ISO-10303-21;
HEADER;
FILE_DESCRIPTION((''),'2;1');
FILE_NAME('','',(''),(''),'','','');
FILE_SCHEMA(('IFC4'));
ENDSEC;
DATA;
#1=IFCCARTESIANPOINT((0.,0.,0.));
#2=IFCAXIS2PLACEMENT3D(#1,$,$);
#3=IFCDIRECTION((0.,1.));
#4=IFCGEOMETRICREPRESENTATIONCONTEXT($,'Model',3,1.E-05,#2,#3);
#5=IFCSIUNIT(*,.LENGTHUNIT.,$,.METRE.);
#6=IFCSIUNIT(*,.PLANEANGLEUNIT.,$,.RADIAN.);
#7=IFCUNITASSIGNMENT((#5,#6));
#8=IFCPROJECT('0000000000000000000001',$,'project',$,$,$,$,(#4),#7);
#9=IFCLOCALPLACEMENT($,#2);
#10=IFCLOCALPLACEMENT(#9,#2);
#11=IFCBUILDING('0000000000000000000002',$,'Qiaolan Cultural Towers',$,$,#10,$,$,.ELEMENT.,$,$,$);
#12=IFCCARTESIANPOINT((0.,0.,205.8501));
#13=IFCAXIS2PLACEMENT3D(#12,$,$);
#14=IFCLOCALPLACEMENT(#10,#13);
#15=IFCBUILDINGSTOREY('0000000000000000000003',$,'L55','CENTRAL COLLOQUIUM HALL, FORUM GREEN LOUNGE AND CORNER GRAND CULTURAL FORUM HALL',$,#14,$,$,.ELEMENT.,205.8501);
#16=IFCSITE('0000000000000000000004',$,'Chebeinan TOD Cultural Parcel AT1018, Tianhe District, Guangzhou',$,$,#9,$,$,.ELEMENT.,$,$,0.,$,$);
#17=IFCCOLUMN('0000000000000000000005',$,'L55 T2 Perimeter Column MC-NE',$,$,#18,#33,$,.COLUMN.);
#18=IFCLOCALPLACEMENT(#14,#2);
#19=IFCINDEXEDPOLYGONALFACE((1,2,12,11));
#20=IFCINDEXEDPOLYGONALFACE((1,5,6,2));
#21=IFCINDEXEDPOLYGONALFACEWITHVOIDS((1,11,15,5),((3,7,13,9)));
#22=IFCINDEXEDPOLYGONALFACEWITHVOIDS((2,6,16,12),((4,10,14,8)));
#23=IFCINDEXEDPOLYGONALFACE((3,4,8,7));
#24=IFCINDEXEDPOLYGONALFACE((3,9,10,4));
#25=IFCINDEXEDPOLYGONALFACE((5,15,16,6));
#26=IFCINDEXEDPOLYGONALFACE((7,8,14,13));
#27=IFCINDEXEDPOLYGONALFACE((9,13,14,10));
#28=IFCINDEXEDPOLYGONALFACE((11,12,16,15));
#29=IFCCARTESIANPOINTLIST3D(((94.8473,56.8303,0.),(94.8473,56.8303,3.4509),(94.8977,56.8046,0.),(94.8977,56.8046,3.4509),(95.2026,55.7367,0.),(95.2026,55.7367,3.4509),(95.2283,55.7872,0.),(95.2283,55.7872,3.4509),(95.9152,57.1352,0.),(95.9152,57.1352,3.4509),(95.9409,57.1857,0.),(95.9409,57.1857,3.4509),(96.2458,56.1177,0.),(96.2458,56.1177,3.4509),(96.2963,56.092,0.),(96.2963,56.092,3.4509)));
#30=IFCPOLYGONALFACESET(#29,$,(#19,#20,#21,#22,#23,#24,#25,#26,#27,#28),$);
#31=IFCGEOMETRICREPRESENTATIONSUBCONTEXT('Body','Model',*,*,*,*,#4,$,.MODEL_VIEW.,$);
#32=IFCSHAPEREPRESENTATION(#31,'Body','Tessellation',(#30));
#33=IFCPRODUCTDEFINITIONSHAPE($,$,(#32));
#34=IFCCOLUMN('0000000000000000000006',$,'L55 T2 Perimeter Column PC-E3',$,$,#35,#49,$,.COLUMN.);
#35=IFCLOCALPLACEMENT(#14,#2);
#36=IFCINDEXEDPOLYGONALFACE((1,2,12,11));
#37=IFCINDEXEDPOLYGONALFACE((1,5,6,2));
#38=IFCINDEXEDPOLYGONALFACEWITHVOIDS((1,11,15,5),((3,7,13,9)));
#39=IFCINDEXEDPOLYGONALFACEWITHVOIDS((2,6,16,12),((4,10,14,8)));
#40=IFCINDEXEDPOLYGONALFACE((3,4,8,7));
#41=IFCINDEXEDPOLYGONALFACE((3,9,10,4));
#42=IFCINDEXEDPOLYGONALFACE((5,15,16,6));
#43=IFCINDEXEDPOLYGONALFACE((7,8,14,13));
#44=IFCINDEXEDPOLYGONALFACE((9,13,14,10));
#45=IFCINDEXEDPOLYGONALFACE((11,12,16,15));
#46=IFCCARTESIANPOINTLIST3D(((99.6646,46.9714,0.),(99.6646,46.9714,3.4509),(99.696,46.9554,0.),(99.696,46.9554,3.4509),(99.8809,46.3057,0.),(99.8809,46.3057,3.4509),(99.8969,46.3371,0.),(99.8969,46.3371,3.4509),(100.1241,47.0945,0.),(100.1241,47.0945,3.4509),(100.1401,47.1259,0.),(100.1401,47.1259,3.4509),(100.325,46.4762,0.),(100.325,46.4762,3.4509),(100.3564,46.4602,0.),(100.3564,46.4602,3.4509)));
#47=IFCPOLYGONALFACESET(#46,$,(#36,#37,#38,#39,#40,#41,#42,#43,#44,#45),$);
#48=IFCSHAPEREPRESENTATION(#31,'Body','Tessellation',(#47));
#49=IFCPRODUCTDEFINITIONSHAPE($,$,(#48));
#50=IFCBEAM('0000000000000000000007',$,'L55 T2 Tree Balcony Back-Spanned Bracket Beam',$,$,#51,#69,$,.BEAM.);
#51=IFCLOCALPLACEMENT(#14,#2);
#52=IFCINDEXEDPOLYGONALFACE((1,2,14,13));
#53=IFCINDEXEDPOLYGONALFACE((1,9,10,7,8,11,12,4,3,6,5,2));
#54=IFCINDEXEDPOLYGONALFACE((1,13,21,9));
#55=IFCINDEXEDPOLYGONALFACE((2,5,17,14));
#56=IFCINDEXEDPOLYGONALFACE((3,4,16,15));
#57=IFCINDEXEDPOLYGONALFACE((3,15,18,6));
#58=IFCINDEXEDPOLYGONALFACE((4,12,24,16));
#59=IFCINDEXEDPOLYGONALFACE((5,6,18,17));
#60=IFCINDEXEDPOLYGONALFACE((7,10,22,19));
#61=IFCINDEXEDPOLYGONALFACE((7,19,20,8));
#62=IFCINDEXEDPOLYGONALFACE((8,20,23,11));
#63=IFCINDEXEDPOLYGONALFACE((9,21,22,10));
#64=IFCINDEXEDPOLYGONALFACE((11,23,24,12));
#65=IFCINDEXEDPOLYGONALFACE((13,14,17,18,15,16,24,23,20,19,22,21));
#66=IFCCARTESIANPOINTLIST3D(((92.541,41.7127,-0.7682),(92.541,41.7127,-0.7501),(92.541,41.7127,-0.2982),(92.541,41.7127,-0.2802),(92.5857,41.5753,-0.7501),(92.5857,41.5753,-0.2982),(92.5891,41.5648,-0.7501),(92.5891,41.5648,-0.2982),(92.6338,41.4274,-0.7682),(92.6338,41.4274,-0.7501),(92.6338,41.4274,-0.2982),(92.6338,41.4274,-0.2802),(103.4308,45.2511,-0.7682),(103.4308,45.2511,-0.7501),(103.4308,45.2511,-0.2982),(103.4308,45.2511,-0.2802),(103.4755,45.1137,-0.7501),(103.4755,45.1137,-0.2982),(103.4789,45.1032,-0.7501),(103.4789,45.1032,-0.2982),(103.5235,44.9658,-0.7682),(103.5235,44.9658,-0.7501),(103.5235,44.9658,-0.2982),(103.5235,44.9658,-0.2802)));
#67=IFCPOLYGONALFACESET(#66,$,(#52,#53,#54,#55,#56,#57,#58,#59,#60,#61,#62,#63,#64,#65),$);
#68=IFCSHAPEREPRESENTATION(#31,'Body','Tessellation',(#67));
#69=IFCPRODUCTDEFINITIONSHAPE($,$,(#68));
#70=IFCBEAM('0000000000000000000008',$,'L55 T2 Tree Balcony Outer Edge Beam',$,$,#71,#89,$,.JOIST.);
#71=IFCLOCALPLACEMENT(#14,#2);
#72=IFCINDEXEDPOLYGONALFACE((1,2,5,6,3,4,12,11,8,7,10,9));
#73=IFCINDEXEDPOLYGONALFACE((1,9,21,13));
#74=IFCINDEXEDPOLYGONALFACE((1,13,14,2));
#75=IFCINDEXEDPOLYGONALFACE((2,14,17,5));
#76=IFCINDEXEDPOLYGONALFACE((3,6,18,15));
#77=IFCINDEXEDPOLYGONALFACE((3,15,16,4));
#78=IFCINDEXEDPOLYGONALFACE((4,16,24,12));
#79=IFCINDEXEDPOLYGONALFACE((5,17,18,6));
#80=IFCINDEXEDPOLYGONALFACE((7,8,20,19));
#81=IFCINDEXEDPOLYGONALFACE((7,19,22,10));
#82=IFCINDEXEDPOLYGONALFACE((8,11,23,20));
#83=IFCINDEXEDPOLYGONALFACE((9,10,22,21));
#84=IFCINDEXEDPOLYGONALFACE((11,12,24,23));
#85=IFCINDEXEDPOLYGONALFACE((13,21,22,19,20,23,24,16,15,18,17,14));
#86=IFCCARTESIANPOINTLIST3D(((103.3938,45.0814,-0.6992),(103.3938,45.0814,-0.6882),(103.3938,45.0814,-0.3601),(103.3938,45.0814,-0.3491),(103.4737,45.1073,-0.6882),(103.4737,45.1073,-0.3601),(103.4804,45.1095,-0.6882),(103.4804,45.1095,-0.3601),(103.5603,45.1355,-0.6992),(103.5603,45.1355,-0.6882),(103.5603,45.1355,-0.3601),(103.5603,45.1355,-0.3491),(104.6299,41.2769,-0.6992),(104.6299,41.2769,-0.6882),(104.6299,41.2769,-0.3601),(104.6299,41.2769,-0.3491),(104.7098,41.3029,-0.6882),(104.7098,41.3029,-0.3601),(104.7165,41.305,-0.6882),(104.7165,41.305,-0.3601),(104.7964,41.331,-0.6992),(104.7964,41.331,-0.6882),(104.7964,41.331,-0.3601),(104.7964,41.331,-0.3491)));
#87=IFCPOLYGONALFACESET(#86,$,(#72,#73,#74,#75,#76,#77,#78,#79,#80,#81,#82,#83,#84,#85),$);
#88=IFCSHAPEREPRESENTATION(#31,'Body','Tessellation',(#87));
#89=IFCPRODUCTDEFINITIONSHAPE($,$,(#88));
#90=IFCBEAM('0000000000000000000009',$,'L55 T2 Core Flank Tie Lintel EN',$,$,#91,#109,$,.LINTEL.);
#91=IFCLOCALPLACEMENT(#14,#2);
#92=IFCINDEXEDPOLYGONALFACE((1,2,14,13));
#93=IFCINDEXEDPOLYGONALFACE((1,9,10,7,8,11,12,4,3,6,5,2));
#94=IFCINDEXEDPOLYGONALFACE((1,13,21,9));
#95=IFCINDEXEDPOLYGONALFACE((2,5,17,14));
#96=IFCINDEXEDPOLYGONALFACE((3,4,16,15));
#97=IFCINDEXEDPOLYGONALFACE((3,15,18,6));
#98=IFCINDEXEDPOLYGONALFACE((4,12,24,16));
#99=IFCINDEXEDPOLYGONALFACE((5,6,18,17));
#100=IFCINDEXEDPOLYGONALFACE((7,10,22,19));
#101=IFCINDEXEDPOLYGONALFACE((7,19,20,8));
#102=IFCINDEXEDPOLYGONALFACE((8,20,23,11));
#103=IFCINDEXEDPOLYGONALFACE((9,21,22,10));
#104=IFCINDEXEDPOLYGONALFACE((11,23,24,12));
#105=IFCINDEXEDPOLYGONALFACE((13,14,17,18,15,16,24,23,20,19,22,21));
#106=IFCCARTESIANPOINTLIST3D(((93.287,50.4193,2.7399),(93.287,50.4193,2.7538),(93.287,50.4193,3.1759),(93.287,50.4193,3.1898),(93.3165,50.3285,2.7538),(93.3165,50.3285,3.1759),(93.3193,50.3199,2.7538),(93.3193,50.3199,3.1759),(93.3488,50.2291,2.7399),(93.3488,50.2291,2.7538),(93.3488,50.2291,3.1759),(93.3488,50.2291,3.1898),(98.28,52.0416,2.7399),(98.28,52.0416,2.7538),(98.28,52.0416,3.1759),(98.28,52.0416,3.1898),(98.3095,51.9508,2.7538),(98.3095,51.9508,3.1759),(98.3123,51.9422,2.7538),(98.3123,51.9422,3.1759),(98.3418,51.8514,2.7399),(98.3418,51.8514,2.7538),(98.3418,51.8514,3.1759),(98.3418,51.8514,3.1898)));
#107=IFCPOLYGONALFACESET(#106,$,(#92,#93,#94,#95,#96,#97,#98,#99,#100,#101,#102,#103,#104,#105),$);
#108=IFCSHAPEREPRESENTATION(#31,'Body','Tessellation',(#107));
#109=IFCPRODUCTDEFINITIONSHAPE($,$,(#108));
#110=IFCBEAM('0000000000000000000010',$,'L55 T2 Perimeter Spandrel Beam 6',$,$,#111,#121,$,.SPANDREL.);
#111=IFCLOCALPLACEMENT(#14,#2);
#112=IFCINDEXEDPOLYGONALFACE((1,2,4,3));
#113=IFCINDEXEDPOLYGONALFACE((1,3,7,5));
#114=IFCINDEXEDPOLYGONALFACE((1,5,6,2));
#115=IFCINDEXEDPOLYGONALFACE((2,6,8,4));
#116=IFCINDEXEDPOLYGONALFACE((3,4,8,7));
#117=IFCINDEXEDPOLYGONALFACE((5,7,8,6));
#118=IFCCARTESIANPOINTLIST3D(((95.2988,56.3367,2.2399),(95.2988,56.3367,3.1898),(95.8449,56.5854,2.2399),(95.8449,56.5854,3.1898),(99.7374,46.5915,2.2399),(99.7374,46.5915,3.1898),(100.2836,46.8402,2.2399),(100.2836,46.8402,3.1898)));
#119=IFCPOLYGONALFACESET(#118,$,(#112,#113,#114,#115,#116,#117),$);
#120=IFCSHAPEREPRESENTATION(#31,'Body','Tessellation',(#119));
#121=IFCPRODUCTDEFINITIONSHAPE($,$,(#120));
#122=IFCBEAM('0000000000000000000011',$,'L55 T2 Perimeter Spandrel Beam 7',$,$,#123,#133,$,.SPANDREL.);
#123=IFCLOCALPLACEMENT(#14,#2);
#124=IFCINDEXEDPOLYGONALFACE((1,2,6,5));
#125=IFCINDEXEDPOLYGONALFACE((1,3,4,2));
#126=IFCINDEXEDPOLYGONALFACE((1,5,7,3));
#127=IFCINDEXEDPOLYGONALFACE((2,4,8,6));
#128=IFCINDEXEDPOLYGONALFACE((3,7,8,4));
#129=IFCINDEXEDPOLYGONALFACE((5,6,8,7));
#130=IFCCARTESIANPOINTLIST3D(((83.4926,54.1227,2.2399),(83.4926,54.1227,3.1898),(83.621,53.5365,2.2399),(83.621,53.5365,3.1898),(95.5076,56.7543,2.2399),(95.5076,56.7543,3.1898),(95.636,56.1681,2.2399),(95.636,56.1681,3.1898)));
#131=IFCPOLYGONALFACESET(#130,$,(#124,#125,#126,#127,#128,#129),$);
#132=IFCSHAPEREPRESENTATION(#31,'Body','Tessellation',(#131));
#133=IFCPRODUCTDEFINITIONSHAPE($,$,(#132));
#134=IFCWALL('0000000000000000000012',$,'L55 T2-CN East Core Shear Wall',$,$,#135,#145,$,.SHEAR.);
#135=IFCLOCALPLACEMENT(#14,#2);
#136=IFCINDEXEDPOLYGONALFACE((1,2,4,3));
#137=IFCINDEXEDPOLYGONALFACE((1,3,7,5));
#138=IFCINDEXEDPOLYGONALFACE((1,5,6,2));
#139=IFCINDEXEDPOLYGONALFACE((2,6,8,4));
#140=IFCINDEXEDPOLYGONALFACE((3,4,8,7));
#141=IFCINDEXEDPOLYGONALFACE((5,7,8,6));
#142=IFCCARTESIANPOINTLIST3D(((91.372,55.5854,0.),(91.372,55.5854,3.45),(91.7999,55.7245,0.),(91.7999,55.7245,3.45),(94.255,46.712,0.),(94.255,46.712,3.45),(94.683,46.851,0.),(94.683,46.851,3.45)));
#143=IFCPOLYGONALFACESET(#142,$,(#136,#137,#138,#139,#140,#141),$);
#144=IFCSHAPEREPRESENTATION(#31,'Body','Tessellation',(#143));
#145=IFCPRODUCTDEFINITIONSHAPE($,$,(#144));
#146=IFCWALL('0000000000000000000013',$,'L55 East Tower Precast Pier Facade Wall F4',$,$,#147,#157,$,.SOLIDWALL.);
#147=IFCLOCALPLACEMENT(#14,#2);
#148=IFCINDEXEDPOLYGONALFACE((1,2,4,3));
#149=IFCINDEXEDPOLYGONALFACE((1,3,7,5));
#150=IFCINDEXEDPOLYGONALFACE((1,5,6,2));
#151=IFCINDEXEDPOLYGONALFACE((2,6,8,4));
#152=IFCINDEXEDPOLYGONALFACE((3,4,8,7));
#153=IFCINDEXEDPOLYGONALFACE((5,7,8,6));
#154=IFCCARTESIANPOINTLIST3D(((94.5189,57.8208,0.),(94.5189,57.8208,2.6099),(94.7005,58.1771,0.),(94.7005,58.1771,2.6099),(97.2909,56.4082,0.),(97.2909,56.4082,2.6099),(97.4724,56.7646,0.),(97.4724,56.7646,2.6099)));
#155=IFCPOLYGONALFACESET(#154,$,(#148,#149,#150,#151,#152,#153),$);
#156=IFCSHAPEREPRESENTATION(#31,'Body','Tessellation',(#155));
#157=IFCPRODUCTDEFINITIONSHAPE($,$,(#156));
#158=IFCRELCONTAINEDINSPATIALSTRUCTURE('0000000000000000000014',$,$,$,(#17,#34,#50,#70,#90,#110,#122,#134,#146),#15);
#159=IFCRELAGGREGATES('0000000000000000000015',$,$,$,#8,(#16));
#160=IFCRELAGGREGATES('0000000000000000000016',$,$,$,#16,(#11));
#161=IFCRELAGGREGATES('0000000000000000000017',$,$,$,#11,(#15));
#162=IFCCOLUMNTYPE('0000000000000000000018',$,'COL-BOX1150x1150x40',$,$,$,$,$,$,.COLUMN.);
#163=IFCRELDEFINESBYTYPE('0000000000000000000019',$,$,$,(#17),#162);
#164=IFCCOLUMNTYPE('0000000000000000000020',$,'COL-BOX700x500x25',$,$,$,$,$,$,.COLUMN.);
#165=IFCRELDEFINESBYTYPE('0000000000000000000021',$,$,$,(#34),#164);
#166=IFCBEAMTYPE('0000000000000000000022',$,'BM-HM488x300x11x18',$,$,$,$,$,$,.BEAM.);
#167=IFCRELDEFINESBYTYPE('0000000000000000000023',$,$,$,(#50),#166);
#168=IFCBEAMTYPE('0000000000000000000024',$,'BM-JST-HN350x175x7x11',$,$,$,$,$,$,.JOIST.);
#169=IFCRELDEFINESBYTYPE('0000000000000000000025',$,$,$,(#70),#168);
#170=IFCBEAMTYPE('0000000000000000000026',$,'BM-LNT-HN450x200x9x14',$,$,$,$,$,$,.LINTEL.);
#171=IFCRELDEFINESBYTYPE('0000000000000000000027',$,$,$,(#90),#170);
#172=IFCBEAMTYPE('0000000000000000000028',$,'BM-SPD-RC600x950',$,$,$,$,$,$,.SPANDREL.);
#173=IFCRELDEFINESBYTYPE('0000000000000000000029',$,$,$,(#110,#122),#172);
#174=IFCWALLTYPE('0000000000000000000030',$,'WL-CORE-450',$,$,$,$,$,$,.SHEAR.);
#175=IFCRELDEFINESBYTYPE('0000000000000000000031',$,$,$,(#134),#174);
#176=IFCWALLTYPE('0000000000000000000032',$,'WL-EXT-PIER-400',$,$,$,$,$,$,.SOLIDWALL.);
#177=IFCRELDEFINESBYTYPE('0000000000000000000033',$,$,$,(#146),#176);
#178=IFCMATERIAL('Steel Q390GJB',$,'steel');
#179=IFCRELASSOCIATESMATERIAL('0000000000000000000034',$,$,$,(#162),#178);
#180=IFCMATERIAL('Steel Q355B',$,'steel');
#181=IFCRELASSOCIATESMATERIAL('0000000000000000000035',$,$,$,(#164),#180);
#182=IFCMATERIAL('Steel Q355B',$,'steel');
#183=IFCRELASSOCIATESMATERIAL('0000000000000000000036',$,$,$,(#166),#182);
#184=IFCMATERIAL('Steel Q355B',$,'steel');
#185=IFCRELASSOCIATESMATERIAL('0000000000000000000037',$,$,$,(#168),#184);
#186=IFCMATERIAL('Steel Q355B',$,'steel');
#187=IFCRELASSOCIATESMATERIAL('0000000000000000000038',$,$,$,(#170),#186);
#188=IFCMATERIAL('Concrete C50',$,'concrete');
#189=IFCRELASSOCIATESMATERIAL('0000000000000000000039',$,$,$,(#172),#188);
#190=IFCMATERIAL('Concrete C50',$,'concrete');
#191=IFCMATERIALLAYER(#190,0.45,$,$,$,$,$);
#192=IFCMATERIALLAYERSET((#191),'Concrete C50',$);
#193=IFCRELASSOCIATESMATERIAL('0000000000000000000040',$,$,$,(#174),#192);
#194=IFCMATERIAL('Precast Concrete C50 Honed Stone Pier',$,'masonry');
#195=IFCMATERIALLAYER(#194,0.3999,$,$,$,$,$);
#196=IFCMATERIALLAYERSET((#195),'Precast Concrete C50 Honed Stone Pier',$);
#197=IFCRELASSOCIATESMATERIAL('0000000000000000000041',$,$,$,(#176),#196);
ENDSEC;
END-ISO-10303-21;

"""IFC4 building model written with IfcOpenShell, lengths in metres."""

from ifc_helpers import new_model, si_unit, direction, frame, frame_2d, origin, origin_2d, place, context, subcontext, project, spatial, rectangle, hollow_rectangle, i_section, extrude, material, layer, layer_set, material_profile, profile_set, type_object, element, save


model = new_model("IFC4")

# Units and contexts
model_context = context("Model", 3, precision=1e-05, world=origin(), true_north=direction((0.0, 1.0)))
body_context = subcontext(model_context, "Body", "Model", "MODEL_VIEW")
ifc_project = project(units=[si_unit("LENGTHUNIT", "METRE"), si_unit("PLANEANGLEUNIT", "RADIAN")], contexts=[model_context])

# Site, building, storey
site_placement = place(None, origin())
site = spatial("IfcSite", under=ifc_project, at=site_placement, Name="Chebeinan TOD Cultural Parcel AT1018, Tianhe District, Guangzhou", CompositionType="ELEMENT", RefElevation=0.0)
building_placement = place(site_placement, origin())
building = spatial("IfcBuilding", under=site, at=building_placement, Name="Qiaolan Cultural Towers", CompositionType="ELEMENT")
storey_placement = place(building_placement, frame((0.0, 0.0, 205.8501)))
storey = spatial("IfcBuildingStorey", under=building, at=storey_placement, Name="L55", Description="CENTRAL COLLOQUIUM HALL, FORUM GREEN LOUNGE AND CORNER GRAND CULTURAL FORUM HALL", CompositionType="ELEMENT", Elevation=205.8501)

# Columns
ifc_material_1 = material(Name="Steel Q390GJB", Category="steel")
ifc_material_profile_1 = material_profile(ifc_material_1, hollow_rectangle(XDim=1.1499, YDim=1.1499, WallThickness=0.04, at=origin_2d()), Name="BOX1150x1150x40")
ifc_profile_set_1 = profile_set([ifc_material_profile_1], Name="Steel Q390GJB")
column_type_1 = type_object("IfcColumnType", Name="COL-BOX1150x1150x40", PredefinedType="COLUMN", material=ifc_profile_set_1)
column_1_placement = place(storey_placement, frame((95.5718, 56.4612, 0.0), z_axis=(0.0, 0.0, 1.0), x_axis=(0.951057, 0.309017, 0.0)))
element("IfcColumn", 1, at=column_1_placement, inside=storey, type_object=column_type_1, Name="L55 T2 Perimeter Column MC-NE", PredefinedType="COLUMN", context=body_context, shape_type="SweptSolid", body=[
    extrude(hollow_rectangle(XDim=1.1499, YDim=1.1499, WallThickness=0.04, at=origin_2d()), origin(), (0.0, 0.0, 1.0), 3.4509),
])
ifc_material_2 = material(Name="Steel Q355B", Category="steel")
ifc_material_profile_2 = material_profile(ifc_material_2, hollow_rectangle(XDim=0.5, YDim=0.7, WallThickness=0.0249, at=origin_2d()), Name="BOX700x500x25")
ifc_profile_set_2 = profile_set([ifc_material_profile_2], Name="Steel Q355B")
column_type_2 = type_object("IfcColumnType", Name="COL-BOX700x500x25", PredefinedType="COLUMN", material=ifc_profile_set_2)
column_2_placement = place(storey_placement, frame((100.0105, 46.7158, 0.0), z_axis=(0.0, 0.0, 1.0), x_axis=(0.951057, 0.309017, 0.0)))
element("IfcColumn", 2, at=column_2_placement, inside=storey, type_object=column_type_2, Name="L55 T2 Perimeter Column PC-E3", PredefinedType="COLUMN", context=body_context, shape_type="SweptSolid", body=[
    extrude(hollow_rectangle(XDim=0.5, YDim=0.7, WallThickness=0.0249, at=origin_2d()), origin(), (0.0, 0.0, 1.0), 3.4509),
])

# Beams
ifc_material_3 = material(Name="Steel Q355B", Category="steel")
ifc_material_profile_3 = material_profile(ifc_material_3, i_section(OverallWidth=0.3, OverallDepth=0.488, WebThickness=0.011, FlangeThickness=0.0181, at=origin_2d()), Name="HM488x300x11x18")
ifc_profile_set_3 = profile_set([ifc_material_profile_3], Name="Steel Q355B")
beam_type_1 = type_object("IfcBeamType", Name="BM-HM488x300x11x18", PredefinedType="BEAM", material=ifc_profile_set_3)
beam_1_placement = place(storey_placement, frame((92.5874, 41.5701, -0.5242), z_axis=(0.951055, 0.309022, 0.0), x_axis=(-0.309022, 0.951055, 0.0)))
element("IfcBeam", 3, at=beam_1_placement, inside=storey, type_object=beam_type_1, Name="L55 T2 Tree Balcony Back-Spanned Bracket Beam", PredefinedType="BEAM", context=body_context, shape_type="SweptSolid", body=[
    extrude(i_section(OverallWidth=0.3, OverallDepth=0.488, WebThickness=0.011, FlangeThickness=0.0181, at=origin_2d()), origin(), (0.0, 0.0, 1.0), 11.4502),
])
ifc_material_4 = material(Name="Steel Q355B", Category="steel")
ifc_material_profile_4 = material_profile(ifc_material_4, i_section(OverallWidth=0.175, OverallDepth=0.3501, WebThickness=0.0071, FlangeThickness=0.011, at=origin_2d()), Name="HN350x175x7x11")
ifc_profile_set_4 = profile_set([ifc_material_profile_4], Name="Steel Q355B")
beam_type_2 = type_object("IfcBeamType", Name="BM-JST-HN350x175x7x11", PredefinedType="JOIST", material=ifc_profile_set_4)
beam_2_placement = place(storey_placement, frame((104.7131, 41.304, -0.5242), z_axis=(-0.309005, 0.951061, 0.0), x_axis=(-0.951061, -0.309005, 0.0)))
element("IfcBeam", 4, at=beam_2_placement, inside=storey, type_object=beam_type_2, Name="L55 T2 Tree Balcony Outer Edge Beam", PredefinedType="JOIST", context=body_context, shape_type="SweptSolid", body=[
    extrude(i_section(OverallWidth=0.175, OverallDepth=0.3501, WebThickness=0.0071, FlangeThickness=0.011, at=origin_2d()), origin(), (0.0, 0.0, 1.0), 4.0002),
])
ifc_material_5 = material(Name="Steel Q355B", Category="steel")
ifc_material_profile_5 = material_profile(ifc_material_5, i_section(OverallWidth=0.2, OverallDepth=0.45, WebThickness=0.009, FlangeThickness=0.0139, at=origin_2d()), Name="HN450x200x9x14")
ifc_profile_set_5 = profile_set([ifc_material_profile_5], Name="Steel Q355B")
beam_type_3 = type_object("IfcBeamType", Name="BM-LNT-HN450x200x9x14", PredefinedType="LINTEL", material=ifc_profile_set_5)
beam_3_placement = place(storey_placement, frame((93.3179, 50.3242, 2.9648), z_axis=(0.95106, 0.309006, 0.0), x_axis=(-0.309006, 0.95106, 0.0)))
element("IfcBeam", 5, at=beam_3_placement, inside=storey, type_object=beam_type_3, Name="L55 T2 Core Flank Tie Lintel EN", PredefinedType="LINTEL", context=body_context, shape_type="SweptSolid", body=[
    extrude(i_section(OverallWidth=0.2, OverallDepth=0.45, WebThickness=0.009, FlangeThickness=0.0139, at=origin_2d()), origin(), (0.0, 0.0, 1.0), 5.25),
])
ifc_material_6 = material(Name="Concrete C50", Category="concrete")
ifc_material_profile_6 = material_profile(ifc_material_6, rectangle(XDim=0.6001, YDim=0.95, at=origin_2d()), Name="RC600x950")
ifc_profile_set_6 = profile_set([ifc_material_profile_6], Name="Concrete C50")
beam_type_4 = type_object("IfcBeamType", Name="BM-SPD-RC600x950", PredefinedType="SPANDREL", material=ifc_profile_set_6)
beam_4_placement = place(storey_placement, frame((100.0105, 46.7158, 2.7148), z_axis=(-0.4145, 0.910049, 0.0), x_axis=(-0.910049, -0.4145, 0.0)))
element("IfcBeam", 6, at=beam_4_placement, inside=storey, type_object=beam_type_4, Name="L55 T2 Perimeter Spandrel Beam 6", PredefinedType="SPANDREL", context=body_context, shape_type="SweptSolid", body=[
    extrude(rectangle(XDim=0.6001, YDim=0.95, at=origin_2d()), origin(), (0.0, 0.0, 1.0), 10.7085),
])
beam_5_placement = place(storey_placement, frame((95.5718, 56.4612, 2.7148), z_axis=(-0.976843, -0.213956, 0.0), x_axis=(0.213956, -0.976843, 0.0)))
element("IfcBeam", 7, at=beam_5_placement, inside=storey, type_object=beam_type_4, Name="L55 T2 Perimeter Spandrel Beam 7", PredefinedType="SPANDREL", context=body_context, shape_type="SweptSolid", body=[
    extrude(rectangle(XDim=0.6001, YDim=0.95, at=origin_2d()), origin(), (0.0, 0.0, 1.0), 12.2998),
])

# Walls
ifc_material_7 = material(Name="Concrete C50", Category="concrete")
ifc_layer_1 = layer(ifc_material_7, 0.45)
ifc_layer_set_1 = layer_set([ifc_layer_1], Name="Concrete C50")
wall_type_1 = type_object("IfcWallType", Name="WL-CORE-450", PredefinedType="SHEAR", material=ifc_layer_set_1)
wall_1_placement = place(storey_placement, frame((94.469, 46.7815, 0.0), z_axis=(0.0, 0.0, 1.0), x_axis=(-0.309004, 0.951061, 0.0)))
element("IfcWall", 8, at=wall_1_placement, inside=storey, type_object=wall_type_1, Name="L55 T2-CN East Core Shear Wall", PredefinedType="SHEAR", context=body_context, shape_type="SweptSolid", body=[
    extrude(rectangle(XDim=9.3301, YDim=0.45, at=frame_2d((4.665, 0.0))), origin(), (0.0, 0.0, 1.0), 3.45),
])
ifc_material_8 = material(Name="Precast Concrete C50 Honed Stone Pier", Category="masonry")
ifc_layer_2 = layer(ifc_material_8, 0.3999)
ifc_layer_set_2 = layer_set([ifc_layer_2], Name="Precast Concrete C50 Honed Stone Pier")
wall_type_2 = type_object("IfcWallType", Name="WL-EXT-PIER-400", PredefinedType="SOLIDWALL", material=ifc_layer_set_2)
wall_2_placement = place(storey_placement, frame((94.6096, 57.999, 0.0), z_axis=(0.0, 0.0, 1.0), x_axis=(0.89098, -0.454043, 0.0)))
element("IfcWall", 9, at=wall_2_placement, inside=storey, type_object=wall_type_2, Name="L55 East Tower Precast Pier Facade Wall F4", PredefinedType="SOLIDWALL", context=body_context, shape_type="SweptSolid", body=[
    extrude(rectangle(XDim=3.1111, YDim=0.3999, at=frame_2d((1.5557, 0.0))), origin(), (0.0, 0.0, 1.0), 2.6099),
])

save(model, "model.ifc")
